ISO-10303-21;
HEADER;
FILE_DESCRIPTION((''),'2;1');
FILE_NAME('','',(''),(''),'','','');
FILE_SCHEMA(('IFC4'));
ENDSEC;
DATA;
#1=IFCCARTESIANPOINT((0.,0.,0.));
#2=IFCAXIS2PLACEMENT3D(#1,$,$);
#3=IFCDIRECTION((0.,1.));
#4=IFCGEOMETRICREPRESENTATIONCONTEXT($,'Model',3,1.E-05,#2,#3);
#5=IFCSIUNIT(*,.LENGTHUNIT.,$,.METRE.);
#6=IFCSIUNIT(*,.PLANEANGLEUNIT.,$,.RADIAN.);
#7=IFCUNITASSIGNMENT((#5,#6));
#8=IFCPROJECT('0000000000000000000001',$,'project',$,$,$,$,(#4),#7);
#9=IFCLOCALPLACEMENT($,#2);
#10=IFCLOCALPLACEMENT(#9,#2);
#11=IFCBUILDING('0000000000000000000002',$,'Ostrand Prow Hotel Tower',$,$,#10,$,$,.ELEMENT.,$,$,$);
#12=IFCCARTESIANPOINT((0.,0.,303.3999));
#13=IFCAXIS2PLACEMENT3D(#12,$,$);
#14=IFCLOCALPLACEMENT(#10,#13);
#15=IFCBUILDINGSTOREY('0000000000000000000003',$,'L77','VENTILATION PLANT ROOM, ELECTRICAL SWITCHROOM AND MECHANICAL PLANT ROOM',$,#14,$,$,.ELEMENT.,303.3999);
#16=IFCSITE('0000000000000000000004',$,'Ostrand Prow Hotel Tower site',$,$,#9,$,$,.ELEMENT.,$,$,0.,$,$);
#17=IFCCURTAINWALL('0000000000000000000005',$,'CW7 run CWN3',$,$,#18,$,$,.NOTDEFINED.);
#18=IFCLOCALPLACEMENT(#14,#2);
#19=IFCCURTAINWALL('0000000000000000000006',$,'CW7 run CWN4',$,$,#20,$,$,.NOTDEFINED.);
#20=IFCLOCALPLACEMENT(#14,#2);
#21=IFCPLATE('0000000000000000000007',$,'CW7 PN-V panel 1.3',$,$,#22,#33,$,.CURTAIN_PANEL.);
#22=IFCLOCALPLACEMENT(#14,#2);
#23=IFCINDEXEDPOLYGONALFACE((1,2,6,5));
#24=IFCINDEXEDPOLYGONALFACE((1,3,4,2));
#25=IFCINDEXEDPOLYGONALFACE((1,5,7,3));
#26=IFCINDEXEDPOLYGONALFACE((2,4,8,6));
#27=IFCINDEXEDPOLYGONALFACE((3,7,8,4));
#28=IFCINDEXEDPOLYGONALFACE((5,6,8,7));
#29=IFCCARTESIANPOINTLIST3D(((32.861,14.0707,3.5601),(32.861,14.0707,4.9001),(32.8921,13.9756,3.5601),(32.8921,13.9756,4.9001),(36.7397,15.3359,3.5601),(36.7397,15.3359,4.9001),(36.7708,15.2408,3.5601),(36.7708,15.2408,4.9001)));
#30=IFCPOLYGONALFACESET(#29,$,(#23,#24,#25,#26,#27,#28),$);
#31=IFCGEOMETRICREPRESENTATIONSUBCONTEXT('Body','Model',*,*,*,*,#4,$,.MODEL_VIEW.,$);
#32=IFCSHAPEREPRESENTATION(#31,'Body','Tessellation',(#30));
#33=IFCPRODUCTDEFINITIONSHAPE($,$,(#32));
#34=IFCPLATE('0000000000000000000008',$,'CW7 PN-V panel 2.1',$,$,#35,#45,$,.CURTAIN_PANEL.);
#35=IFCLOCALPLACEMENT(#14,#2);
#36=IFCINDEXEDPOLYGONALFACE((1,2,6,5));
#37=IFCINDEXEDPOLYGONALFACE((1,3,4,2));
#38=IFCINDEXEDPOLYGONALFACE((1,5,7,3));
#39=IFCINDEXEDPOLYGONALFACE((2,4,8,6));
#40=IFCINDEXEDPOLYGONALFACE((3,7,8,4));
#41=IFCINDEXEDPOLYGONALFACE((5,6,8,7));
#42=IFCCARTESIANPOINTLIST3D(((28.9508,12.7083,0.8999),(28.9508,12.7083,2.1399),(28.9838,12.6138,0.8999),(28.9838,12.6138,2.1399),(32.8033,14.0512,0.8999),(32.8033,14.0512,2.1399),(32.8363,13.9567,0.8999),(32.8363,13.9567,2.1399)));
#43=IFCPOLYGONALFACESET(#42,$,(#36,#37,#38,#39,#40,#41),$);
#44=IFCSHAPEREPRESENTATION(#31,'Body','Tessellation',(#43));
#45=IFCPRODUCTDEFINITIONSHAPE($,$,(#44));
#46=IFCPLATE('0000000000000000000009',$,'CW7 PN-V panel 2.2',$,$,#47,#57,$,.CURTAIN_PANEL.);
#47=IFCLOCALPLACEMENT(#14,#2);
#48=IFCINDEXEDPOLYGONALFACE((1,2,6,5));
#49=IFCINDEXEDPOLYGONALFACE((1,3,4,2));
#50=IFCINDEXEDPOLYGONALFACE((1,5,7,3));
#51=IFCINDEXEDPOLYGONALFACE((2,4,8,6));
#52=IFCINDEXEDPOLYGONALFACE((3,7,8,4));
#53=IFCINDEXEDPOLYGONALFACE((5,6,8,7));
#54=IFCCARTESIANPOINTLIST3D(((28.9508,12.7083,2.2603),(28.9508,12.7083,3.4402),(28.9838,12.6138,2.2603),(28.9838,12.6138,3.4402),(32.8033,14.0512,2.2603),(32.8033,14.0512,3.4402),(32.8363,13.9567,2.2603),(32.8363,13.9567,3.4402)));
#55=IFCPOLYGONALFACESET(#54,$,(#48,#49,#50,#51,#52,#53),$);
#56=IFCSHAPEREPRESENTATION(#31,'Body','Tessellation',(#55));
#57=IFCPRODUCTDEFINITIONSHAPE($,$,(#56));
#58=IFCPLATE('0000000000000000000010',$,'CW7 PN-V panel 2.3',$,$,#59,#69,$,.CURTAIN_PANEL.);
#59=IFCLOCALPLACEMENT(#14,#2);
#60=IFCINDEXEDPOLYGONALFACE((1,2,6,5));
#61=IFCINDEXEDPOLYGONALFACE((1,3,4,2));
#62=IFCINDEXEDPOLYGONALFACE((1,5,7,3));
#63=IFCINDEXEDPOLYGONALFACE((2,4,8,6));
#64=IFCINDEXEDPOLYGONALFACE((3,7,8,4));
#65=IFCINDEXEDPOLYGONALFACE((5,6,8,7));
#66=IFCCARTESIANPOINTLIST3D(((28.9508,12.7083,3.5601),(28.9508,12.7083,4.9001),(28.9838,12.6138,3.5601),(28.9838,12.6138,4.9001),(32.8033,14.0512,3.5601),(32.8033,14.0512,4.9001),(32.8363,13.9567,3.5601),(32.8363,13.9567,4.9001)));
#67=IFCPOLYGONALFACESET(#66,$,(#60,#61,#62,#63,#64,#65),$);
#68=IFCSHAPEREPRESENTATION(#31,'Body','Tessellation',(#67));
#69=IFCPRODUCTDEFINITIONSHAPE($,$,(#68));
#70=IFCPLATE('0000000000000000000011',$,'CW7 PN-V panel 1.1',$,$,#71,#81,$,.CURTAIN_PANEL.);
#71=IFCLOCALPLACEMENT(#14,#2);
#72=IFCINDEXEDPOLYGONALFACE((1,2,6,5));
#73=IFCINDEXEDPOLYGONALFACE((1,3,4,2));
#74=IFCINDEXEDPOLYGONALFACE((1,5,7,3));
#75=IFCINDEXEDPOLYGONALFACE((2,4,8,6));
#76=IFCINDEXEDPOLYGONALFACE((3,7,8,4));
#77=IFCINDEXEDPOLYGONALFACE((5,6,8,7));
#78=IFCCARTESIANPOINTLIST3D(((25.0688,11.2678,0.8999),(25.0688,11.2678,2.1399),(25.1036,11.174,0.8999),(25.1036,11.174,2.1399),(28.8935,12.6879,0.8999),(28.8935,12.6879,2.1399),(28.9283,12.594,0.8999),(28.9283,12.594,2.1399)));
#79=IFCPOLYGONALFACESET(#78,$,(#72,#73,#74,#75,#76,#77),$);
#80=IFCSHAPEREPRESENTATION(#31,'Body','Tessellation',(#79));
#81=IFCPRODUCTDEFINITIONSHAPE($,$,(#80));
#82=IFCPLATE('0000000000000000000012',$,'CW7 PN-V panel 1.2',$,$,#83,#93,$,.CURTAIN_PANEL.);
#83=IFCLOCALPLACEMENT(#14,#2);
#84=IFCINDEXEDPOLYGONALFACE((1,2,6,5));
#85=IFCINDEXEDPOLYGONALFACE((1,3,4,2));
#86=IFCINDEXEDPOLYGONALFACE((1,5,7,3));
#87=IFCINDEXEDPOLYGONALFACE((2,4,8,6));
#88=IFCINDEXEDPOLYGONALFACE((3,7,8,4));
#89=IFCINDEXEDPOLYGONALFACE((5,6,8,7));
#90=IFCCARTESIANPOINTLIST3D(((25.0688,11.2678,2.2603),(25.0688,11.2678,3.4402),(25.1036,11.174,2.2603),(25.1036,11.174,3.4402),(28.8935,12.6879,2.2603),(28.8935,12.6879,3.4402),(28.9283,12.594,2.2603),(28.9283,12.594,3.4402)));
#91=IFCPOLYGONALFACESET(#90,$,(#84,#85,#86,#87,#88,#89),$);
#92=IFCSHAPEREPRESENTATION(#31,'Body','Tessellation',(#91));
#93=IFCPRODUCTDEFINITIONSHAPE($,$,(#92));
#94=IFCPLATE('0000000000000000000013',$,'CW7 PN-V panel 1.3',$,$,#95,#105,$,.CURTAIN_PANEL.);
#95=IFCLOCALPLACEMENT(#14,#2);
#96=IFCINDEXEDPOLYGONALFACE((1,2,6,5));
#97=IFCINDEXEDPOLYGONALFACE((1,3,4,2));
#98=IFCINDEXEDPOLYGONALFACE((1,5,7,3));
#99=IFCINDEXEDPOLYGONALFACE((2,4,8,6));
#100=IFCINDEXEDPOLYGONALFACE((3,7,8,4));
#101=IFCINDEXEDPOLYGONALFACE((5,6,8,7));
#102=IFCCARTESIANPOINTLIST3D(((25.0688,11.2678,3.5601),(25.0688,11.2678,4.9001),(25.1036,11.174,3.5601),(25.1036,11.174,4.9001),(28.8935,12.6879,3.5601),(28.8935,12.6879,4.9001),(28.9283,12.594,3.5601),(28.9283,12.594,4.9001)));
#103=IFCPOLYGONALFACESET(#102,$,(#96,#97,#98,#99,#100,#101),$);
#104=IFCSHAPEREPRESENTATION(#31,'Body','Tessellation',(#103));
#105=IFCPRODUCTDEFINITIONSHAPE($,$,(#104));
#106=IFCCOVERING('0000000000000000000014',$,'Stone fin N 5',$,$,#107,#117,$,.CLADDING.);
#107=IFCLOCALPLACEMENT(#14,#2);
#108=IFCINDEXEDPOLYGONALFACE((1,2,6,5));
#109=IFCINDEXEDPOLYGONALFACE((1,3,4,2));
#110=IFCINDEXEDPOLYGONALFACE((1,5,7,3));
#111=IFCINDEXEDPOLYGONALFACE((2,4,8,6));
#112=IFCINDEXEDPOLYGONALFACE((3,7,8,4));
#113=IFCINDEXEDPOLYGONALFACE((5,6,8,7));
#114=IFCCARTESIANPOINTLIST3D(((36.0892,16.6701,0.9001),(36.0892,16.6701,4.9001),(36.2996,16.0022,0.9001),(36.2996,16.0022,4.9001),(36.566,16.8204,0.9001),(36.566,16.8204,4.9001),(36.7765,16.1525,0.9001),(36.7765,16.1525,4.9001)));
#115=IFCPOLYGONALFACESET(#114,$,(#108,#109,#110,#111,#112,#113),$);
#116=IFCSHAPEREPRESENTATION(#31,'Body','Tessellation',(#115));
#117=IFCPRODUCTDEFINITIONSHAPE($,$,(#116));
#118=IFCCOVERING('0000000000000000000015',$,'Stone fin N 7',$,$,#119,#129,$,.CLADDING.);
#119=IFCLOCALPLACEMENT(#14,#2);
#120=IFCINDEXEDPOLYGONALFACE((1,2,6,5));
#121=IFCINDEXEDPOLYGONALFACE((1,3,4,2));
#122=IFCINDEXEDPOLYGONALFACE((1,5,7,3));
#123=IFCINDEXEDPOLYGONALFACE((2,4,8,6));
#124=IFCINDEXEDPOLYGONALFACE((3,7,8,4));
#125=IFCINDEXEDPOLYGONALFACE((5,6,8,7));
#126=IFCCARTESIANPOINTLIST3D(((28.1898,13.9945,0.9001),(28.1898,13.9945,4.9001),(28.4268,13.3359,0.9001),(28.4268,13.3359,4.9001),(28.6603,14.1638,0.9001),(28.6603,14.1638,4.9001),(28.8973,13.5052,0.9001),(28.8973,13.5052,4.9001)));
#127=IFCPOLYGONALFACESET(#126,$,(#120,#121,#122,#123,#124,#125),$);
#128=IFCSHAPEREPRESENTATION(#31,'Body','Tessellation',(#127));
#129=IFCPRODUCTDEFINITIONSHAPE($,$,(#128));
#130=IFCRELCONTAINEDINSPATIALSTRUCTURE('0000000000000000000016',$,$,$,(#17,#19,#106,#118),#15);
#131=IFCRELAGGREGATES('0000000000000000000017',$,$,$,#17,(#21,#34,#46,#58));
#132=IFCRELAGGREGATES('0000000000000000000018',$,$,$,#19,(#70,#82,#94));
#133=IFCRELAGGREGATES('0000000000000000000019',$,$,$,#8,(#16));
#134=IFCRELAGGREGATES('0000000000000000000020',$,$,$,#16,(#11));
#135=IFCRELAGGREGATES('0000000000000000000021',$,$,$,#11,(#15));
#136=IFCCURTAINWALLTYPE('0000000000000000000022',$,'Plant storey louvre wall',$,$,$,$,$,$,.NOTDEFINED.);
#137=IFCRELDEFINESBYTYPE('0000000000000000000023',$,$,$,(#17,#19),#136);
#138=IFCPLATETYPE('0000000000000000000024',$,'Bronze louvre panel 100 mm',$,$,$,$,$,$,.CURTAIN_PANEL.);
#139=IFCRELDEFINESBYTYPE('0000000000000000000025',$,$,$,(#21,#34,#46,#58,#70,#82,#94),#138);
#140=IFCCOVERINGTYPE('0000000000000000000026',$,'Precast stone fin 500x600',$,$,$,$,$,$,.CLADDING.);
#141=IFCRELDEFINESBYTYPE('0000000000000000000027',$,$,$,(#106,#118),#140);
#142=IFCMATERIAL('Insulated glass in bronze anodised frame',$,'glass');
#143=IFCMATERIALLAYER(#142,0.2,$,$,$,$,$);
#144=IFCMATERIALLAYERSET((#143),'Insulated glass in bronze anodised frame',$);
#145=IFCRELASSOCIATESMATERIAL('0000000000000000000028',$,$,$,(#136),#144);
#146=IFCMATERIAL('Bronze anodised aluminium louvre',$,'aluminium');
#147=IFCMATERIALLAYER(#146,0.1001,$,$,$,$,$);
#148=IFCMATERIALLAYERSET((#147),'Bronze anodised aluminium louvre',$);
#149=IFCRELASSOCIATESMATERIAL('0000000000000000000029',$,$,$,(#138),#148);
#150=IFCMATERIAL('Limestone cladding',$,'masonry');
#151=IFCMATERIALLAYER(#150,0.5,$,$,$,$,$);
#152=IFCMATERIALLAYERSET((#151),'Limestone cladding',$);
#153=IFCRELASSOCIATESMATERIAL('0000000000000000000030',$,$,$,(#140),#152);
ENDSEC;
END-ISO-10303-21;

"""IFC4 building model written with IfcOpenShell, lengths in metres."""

from ifc_helpers import new_model, si_unit, direction, frame, frame_2d, origin, origin_2d, place, context, subcontext, project, spatial, rectangle, extrude, material, layer, layer_set, type_object, element, aggregate, save


model = new_model("IFC4")

# Units and contexts
model_context = context("Model", 3, precision=1e-05, world=origin(), true_north=direction((0.0, 1.0)))
body_context = subcontext(model_context, "Body", "Model", "MODEL_VIEW")
ifc_project = project(units=[si_unit("LENGTHUNIT", "METRE"), si_unit("PLANEANGLEUNIT", "RADIAN")], contexts=[model_context])

# Site, building, storey
site_placement = place(None, origin())
site = spatial("IfcSite", under=ifc_project, at=site_placement, Name="Ostrand Prow Hotel Tower site", CompositionType="ELEMENT", RefElevation=0.0)
building_placement = place(site_placement, origin())
building = spatial("IfcBuilding", under=site, at=building_placement, Name="Ostrand Prow Hotel Tower", CompositionType="ELEMENT")
storey_placement = place(building_placement, frame((0.0, 0.0, 303.3999)))
storey = spatial("IfcBuildingStorey", under=building, at=storey_placement, Name="L77", Description="VENTILATION PLANT ROOM, ELECTRICAL SWITCHROOM AND MECHANICAL PLANT ROOM", CompositionType="ELEMENT", Elevation=303.3999)

# Shared definitions
ifc_material_1 = material(Name="Insulated glass in bronze anodised frame", Category="glass")
ifc_layer_1 = layer(ifc_material_1, 0.2)
ifc_layer_set_1 = layer_set([ifc_layer_1], Name="Insulated glass in bronze anodised frame")
curtain_wall_type = type_object("IfcCurtainWallType", Name="Plant storey louvre wall", PredefinedType="NOTDEFINED", material=ifc_layer_set_1)

# Curtain walls
curtain_wall_1_placement = place(storey_placement, origin())
curtain_wall_1 = element("IfcCurtainWall", 1, at=curtain_wall_1_placement, inside=storey, type_object=curtain_wall_type, Name="CW7 run CWN3", PredefinedType="NOTDEFINED")
curtain_wall_2_placement = place(storey_placement, origin())
curtain_wall_2 = element("IfcCurtainWall", 2, at=curtain_wall_2_placement, inside=storey, type_object=curtain_wall_type, Name="CW7 run CWN4", PredefinedType="NOTDEFINED")

# Plates
ifc_material_2 = material(Name="Bronze anodised aluminium louvre", Category="aluminium")
ifc_layer_2 = layer(ifc_material_2, 0.1001)
ifc_layer_set_2 = layer_set([ifc_layer_2], Name="Bronze anodised aluminium louvre")
plate_type = type_object("IfcPlateType", Name="Bronze louvre panel 100 mm", PredefinedType="CURTAIN_PANEL", material=ifc_layer_set_2)
plate_1_placement = place(storey_placement, frame((34.8159, 14.6558, 3.5601), z_axis=(0.0, 0.0, 1.0), x_axis=(-0.9507, -0.310111, 0.0)))
plate_1 = element("IfcPlate", 3, at=plate_1_placement, type_object=plate_type, Name="CW7 PN-V panel 1.3", PredefinedType="CURTAIN_PANEL", context=body_context, shape_type="SweptSolid", body=[
    extrude(rectangle(XDim=4.0798, YDim=0.1001, at=origin_2d()), origin(), (0.0, 0.0, 1.0), 1.3401),
])
plate_2_placement = place(storey_placement, frame((30.8936, 13.3325, 0.8999), z_axis=(0.0, 0.0, 1.0), x_axis=(-0.944275, -0.329158, 0.0)))
plate_2 = element("IfcPlate", 4, at=plate_2_placement, type_object=plate_type, Name="CW7 PN-V panel 2.1", PredefinedType="CURTAIN_PANEL", context=body_context, shape_type="SweptSolid", body=[
    extrude(rectangle(XDim=4.0798, YDim=0.1001, at=origin_2d()), origin(), (0.0, 0.0, 1.0), 1.24),
])
plate_3_placement = place(storey_placement, frame((30.8936, 13.3325, 2.2603), z_axis=(0.0, 0.0, 1.0), x_axis=(-0.944275, -0.329158, 0.0)))
plate_3 = element("IfcPlate", 5, at=plate_3_placement, type_object=plate_type, Name="CW7 PN-V panel 2.2", PredefinedType="CURTAIN_PANEL", context=body_context, shape_type="SweptSolid", body=[
    extrude(rectangle(XDim=4.0798, YDim=0.1001, at=origin_2d()), origin(), (0.0, 0.0, 1.0), 1.1799),
])
plate_4_placement = place(storey_placement, frame((30.8936, 13.3325, 3.5601), z_axis=(0.0, 0.0, 1.0), x_axis=(-0.944275, -0.329158, 0.0)))
plate_4 = element("IfcPlate", 6, at=plate_4_placement, type_object=plate_type, Name="CW7 PN-V panel 2.3", PredefinedType="CURTAIN_PANEL", context=body_context, shape_type="SweptSolid", body=[
    extrude(rectangle(XDim=4.0798, YDim=0.1001, at=origin_2d()), origin(), (0.0, 0.0, 1.0), 1.3401),
])
aggregate(curtain_wall_1, [plate_1, plate_2, plate_3, plate_4])
plate_5_placement = place(storey_placement, frame((26.9985, 11.9309, 0.8999), z_axis=(0.0, 0.0, 1.0), x_axis=(-0.937468, -0.348071, 0.0)))
plate_5 = element("IfcPlate", 7, at=plate_5_placement, type_object=plate_type, Name="CW7 PN-V panel 1.1", PredefinedType="CURTAIN_PANEL", context=body_context, shape_type="SweptSolid", body=[
    extrude(rectangle(XDim=4.0798, YDim=0.1001, at=origin_2d()), origin(), (0.0, 0.0, 1.0), 1.24),
])
plate_6_placement = place(storey_placement, frame((26.9985, 11.9309, 2.2603), z_axis=(0.0, 0.0, 1.0), x_axis=(-0.937468, -0.348071, 0.0)))
plate_6 = element("IfcPlate", 8, at=plate_6_placement, type_object=plate_type, Name="CW7 PN-V panel 1.2", PredefinedType="CURTAIN_PANEL", context=body_context, shape_type="SweptSolid", body=[
    extrude(rectangle(XDim=4.0798, YDim=0.1001, at=origin_2d()), origin(), (0.0, 0.0, 1.0), 1.1799),
])
plate_7_placement = place(storey_placement, frame((26.9985, 11.9309, 3.5601), z_axis=(0.0, 0.0, 1.0), x_axis=(-0.937468, -0.348071, 0.0)))
plate_7 = element("IfcPlate", 9, at=plate_7_placement, type_object=plate_type, Name="CW7 PN-V panel 1.3", PredefinedType="CURTAIN_PANEL", context=body_context, shape_type="SweptSolid", body=[
    extrude(rectangle(XDim=4.0798, YDim=0.1001, at=origin_2d()), origin(), (0.0, 0.0, 1.0), 1.3401),
])
aggregate(curtain_wall_2, [plate_5, plate_6, plate_7])

# Coverings
ifc_material_3 = material(Name="Limestone cladding", Category="masonry")
ifc_layer_3 = layer(ifc_material_3, 0.5)
ifc_layer_set_3 = layer_set([ifc_layer_3], Name="Limestone cladding")
covering_type = type_object("IfcCoveringType", Name="Precast stone fin 500x600", PredefinedType="CLADDING", material=ifc_layer_set_3)
covering_1_placement = place(storey_placement, frame((36.5381, 16.0774, 0.9001), z_axis=(0.0, 0.0, 1.0), x_axis=(-0.300597, 0.953751, 0.0)))
element("IfcCovering", 10, at=covering_1_placement, inside=storey, type_object=covering_type, Name="Stone fin N 5", PredefinedType="CLADDING", context=body_context, shape_type="SweptSolid", body=[
    extrude(rectangle(XDim=0.7002, YDim=0.5, at=frame_2d((0.3501, 0.0))), origin(), (0.0, 0.0, 1.0), 4.0),
])
covering_2_placement = place(storey_placement, frame((28.6621, 13.4204, 0.9001), z_axis=(0.0, 0.0, 1.0), x_axis=(-0.338633, 0.940919, 0.0)))
element("IfcCovering", 11, at=covering_2_placement, inside=storey, type_object=covering_type, Name="Stone fin N 7", PredefinedType="CLADDING", context=body_context, shape_type="SweptSolid", body=[
    extrude(rectangle(XDim=0.7, YDim=0.5, at=frame_2d((0.3501, 0.0))), origin(), (0.0, 0.0, 1.0), 4.0),
])

save(model, "model.ifc")
